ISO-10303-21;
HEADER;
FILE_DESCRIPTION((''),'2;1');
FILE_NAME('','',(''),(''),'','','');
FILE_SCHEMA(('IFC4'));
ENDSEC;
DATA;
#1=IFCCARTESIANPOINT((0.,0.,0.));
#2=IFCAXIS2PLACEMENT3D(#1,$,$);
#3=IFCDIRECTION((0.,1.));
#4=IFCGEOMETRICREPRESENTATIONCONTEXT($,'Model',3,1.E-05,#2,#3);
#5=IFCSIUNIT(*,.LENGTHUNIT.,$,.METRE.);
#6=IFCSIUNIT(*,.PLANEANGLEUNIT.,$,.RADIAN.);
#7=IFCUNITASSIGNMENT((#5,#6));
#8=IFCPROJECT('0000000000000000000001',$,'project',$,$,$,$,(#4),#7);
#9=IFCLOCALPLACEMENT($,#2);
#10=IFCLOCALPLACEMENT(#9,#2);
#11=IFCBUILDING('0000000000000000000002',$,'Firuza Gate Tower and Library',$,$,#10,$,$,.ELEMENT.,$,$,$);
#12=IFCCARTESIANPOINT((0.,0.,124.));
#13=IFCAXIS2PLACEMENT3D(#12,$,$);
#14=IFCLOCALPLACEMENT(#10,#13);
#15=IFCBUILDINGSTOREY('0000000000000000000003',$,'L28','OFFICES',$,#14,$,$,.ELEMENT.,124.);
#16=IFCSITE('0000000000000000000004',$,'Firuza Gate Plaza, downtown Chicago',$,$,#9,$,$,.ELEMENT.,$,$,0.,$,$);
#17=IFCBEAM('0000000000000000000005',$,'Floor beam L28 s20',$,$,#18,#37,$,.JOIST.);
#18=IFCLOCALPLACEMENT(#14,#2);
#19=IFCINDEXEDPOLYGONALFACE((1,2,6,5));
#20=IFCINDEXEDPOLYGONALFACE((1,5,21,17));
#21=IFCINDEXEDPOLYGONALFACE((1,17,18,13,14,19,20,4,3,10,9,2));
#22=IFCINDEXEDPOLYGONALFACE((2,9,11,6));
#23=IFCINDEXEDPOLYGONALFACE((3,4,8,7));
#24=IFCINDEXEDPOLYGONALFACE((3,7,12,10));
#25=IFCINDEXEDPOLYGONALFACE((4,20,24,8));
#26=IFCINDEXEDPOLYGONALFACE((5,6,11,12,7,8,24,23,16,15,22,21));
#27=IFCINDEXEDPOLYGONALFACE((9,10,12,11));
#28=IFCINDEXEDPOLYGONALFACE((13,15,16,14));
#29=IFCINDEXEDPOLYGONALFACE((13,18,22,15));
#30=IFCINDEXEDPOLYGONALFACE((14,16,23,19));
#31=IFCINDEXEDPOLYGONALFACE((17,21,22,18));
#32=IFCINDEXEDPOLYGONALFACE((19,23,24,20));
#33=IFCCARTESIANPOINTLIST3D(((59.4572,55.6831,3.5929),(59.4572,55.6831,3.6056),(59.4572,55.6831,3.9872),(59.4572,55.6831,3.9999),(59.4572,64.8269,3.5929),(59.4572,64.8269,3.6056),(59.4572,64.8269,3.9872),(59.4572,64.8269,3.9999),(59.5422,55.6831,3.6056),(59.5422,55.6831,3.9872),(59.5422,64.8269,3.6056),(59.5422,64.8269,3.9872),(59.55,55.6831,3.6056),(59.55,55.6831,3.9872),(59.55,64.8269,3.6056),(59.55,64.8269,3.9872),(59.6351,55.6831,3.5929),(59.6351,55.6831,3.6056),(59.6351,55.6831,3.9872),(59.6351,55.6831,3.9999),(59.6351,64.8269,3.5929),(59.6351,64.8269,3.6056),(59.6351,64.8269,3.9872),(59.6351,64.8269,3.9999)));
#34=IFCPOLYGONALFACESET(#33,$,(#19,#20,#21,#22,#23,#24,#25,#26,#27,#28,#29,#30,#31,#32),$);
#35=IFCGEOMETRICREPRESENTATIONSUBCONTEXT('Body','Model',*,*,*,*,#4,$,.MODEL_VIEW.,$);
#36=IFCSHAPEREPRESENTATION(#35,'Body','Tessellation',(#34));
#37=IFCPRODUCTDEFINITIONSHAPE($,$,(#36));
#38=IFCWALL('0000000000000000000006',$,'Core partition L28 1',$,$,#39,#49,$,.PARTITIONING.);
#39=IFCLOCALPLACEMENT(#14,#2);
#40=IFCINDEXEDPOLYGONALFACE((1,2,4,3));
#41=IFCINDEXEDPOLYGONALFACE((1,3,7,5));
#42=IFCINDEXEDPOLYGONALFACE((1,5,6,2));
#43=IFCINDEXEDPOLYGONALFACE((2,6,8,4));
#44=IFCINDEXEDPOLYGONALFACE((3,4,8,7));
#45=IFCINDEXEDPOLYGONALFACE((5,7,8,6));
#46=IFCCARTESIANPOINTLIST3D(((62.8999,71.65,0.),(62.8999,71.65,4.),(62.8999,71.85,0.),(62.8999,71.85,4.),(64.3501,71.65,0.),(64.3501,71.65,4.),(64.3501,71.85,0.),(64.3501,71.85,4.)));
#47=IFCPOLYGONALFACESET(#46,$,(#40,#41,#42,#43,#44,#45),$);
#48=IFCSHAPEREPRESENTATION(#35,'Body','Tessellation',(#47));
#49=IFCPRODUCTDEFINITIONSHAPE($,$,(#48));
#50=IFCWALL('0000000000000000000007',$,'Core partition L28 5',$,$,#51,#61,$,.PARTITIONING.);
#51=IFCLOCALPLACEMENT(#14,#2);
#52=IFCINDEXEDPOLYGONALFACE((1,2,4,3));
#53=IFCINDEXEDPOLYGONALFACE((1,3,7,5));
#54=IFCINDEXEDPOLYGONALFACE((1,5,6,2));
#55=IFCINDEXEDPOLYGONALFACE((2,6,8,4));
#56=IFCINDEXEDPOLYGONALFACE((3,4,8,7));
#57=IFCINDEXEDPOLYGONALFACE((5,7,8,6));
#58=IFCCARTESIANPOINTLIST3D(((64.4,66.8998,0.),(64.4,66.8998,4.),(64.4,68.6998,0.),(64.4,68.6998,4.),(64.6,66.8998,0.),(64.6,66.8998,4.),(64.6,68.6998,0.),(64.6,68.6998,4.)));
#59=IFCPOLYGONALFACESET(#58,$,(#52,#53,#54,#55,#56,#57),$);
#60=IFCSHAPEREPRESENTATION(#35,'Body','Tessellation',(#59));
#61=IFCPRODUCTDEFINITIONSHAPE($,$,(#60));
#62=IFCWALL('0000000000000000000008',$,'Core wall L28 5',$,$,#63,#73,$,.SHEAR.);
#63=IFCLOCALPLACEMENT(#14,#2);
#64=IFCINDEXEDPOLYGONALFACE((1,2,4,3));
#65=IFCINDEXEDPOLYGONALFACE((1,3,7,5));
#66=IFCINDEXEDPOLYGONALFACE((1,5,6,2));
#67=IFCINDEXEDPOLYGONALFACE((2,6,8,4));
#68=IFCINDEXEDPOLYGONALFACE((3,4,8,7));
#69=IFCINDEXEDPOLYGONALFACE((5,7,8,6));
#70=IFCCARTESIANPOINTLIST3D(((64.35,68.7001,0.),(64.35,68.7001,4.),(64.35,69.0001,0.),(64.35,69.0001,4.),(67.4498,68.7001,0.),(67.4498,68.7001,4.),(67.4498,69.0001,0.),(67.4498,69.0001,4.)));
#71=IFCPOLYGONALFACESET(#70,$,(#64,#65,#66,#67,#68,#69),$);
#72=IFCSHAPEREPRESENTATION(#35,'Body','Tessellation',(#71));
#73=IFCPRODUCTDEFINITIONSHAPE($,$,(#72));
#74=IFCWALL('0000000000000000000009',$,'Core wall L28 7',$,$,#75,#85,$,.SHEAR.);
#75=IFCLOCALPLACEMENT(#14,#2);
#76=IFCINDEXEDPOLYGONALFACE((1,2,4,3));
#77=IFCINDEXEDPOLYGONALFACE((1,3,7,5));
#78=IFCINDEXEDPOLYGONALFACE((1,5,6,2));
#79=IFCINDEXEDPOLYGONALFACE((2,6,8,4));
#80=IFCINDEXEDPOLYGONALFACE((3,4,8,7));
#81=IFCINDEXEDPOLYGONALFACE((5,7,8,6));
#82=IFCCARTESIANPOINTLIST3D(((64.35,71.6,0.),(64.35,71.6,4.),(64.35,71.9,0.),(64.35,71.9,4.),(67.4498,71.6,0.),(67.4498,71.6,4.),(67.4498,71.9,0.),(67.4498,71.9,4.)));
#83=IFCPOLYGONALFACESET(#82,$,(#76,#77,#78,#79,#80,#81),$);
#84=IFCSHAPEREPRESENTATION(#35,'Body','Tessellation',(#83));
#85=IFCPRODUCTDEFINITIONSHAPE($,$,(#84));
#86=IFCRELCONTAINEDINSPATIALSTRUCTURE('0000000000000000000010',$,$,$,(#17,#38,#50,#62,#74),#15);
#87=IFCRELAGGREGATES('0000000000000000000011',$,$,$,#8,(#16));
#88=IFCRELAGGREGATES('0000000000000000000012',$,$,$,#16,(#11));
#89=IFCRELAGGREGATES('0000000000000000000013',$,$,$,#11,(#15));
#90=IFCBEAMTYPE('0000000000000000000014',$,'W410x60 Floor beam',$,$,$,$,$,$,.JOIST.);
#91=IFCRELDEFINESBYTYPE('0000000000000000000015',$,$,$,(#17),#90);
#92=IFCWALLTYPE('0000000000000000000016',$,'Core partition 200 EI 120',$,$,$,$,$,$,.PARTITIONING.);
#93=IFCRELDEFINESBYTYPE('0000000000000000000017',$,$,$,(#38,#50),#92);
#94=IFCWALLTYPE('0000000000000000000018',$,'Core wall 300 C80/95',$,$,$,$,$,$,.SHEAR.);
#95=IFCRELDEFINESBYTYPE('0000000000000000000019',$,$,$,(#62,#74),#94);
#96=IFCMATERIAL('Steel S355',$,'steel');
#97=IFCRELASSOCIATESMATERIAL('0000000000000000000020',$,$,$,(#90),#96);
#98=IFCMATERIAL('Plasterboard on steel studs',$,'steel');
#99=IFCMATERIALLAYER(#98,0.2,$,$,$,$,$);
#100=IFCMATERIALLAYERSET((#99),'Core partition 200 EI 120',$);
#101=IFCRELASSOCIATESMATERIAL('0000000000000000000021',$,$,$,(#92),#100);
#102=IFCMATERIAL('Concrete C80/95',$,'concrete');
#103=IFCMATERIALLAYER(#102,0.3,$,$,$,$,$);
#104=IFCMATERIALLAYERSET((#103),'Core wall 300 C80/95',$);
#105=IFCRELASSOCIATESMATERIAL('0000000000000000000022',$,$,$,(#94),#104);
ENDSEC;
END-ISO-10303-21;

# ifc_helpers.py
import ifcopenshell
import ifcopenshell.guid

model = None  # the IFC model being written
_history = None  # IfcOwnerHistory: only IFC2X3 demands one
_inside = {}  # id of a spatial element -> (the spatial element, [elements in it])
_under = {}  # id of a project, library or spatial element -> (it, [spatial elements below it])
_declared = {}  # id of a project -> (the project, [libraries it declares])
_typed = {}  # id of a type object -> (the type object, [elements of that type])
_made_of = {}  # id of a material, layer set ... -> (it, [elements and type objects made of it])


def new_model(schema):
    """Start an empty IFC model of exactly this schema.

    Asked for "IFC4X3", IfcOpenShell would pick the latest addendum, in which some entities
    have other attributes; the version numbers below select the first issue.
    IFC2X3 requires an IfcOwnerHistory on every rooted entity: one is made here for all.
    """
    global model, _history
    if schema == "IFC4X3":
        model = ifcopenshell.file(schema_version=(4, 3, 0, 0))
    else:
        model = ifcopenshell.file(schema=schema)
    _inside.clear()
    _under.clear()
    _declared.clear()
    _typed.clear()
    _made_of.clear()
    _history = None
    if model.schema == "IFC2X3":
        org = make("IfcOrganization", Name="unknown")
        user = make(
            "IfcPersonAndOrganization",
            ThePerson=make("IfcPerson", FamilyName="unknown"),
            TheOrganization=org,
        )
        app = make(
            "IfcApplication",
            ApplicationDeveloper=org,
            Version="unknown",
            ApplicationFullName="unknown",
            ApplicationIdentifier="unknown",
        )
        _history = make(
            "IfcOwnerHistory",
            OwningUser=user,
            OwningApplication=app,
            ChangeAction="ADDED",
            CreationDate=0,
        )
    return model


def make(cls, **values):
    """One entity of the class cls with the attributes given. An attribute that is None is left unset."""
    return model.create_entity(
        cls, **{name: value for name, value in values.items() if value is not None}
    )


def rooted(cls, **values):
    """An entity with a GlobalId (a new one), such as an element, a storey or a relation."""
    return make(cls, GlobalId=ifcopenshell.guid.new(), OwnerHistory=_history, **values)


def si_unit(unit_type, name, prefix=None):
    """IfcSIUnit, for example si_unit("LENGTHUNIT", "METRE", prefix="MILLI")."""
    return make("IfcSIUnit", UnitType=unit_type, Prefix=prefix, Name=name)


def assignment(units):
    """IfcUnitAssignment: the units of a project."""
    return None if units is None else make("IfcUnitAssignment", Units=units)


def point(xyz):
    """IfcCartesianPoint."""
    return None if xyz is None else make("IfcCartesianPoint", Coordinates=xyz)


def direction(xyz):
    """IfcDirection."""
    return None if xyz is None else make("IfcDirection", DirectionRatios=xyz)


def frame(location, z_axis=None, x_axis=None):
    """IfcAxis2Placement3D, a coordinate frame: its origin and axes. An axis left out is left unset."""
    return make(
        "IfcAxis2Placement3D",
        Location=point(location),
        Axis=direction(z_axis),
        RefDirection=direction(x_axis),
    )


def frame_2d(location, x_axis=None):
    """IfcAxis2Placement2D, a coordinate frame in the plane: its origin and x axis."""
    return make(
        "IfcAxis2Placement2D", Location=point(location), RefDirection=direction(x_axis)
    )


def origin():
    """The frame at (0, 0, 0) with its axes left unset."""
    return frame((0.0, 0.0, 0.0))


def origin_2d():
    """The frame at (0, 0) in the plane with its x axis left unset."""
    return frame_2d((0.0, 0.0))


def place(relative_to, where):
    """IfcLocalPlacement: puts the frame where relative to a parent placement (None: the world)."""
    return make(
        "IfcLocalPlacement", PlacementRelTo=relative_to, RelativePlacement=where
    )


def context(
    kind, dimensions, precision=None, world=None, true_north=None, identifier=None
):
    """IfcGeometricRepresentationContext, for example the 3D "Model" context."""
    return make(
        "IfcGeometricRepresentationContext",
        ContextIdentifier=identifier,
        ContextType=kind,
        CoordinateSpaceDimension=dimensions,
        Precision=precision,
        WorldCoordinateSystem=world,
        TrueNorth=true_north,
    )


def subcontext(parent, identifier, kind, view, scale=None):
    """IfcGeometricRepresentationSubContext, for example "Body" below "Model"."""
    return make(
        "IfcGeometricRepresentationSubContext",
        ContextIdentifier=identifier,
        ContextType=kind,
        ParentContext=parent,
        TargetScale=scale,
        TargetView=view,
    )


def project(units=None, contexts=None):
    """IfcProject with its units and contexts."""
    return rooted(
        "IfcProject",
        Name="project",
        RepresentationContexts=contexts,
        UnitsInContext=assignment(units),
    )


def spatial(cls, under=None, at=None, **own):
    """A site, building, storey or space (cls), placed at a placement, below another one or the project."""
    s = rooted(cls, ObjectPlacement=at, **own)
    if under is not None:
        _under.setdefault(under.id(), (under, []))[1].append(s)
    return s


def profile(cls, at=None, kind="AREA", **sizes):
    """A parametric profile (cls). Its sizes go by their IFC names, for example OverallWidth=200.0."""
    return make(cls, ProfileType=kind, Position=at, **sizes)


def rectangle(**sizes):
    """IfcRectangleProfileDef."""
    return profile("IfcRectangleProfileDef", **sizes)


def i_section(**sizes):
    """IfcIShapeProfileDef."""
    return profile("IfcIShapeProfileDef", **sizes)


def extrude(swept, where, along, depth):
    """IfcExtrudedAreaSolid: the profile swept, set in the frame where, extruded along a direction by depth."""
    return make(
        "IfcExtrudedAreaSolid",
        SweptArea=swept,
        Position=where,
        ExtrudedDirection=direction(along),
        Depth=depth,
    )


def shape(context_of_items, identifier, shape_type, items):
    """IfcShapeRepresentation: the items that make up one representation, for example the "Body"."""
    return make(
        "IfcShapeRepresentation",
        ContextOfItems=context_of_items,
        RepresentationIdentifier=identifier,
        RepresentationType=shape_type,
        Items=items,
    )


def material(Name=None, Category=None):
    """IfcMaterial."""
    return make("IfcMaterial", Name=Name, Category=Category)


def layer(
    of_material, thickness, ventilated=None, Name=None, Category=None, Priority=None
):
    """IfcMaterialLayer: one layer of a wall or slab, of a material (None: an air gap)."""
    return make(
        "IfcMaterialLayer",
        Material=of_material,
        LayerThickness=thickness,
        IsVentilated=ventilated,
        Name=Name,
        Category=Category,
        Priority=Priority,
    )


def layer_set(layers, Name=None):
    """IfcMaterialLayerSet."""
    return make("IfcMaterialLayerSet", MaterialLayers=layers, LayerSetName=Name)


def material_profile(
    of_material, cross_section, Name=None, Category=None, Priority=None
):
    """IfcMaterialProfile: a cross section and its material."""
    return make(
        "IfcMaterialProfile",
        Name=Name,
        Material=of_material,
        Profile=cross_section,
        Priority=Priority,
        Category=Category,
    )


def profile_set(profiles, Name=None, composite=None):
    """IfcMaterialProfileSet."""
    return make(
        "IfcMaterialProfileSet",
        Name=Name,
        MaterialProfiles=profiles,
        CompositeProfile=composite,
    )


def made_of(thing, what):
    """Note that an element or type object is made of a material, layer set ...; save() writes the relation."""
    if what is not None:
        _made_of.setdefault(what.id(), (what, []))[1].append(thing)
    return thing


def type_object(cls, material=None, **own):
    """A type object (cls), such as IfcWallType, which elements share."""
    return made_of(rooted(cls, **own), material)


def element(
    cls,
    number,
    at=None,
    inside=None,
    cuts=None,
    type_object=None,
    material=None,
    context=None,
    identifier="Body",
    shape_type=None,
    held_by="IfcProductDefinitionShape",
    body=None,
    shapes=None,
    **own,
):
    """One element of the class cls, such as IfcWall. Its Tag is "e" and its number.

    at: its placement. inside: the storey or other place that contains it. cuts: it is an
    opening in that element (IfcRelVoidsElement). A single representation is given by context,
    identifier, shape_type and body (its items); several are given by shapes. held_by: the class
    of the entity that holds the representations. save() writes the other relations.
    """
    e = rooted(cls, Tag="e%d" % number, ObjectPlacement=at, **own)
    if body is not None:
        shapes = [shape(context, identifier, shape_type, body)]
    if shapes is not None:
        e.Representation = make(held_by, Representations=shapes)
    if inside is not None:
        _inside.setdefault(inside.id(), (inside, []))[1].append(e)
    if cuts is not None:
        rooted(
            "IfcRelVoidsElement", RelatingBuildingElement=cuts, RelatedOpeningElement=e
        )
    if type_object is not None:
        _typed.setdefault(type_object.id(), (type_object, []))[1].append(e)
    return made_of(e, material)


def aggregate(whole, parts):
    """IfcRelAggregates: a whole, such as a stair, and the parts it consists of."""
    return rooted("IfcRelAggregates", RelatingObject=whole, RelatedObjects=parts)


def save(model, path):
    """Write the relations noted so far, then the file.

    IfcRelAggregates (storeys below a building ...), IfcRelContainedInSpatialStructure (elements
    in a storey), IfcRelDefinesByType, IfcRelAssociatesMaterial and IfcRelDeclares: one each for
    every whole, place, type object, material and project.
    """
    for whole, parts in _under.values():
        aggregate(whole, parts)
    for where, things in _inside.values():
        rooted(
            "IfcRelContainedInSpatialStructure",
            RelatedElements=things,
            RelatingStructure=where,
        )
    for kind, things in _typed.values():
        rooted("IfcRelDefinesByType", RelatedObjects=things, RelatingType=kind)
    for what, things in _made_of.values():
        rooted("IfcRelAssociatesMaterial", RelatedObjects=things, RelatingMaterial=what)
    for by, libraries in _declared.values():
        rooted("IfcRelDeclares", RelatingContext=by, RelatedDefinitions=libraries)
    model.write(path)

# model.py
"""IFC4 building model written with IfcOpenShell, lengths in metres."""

from ifc_helpers import new_model, si_unit, direction, frame, frame_2d, origin, origin_2d, place, context, subcontext, project, spatial, rectangle, i_section, extrude, material, layer, layer_set, material_profile, profile_set, type_object, element, save


model = new_model("IFC4")

# Units and contexts
model_context = context("Model", 3, precision=1e-05, world=origin(), true_north=direction((0.0, 1.0)))
body_context = subcontext(model_context, "Body", "Model", "MODEL_VIEW")
ifc_project = project(units=[si_unit("LENGTHUNIT", "METRE"), si_unit("PLANEANGLEUNIT", "RADIAN")], contexts=[model_context])

# Site, building, storey
site_placement = place(None, origin())
site = spatial("IfcSite", under=ifc_project, at=site_placement, Name="Firuza Gate Plaza, downtown Chicago", CompositionType="ELEMENT", RefElevation=0.0)
building_placement = place(site_placement, origin())
building = spatial("IfcBuilding", under=site, at=building_placement, Name="Firuza Gate Tower and Library", CompositionType="ELEMENT")
storey_placement = place(building_placement, frame((0.0, 0.0, 124.0)))
storey = spatial("IfcBuildingStorey", under=building, at=storey_placement, Name="L28", Description="OFFICES", CompositionType="ELEMENT", Elevation=124.0)

# Beam
ifc_material_1 = material(Name="Steel S355", Category="steel")
ifc_material_profile = material_profile(ifc_material_1, i_section(OverallWidth=0.178, OverallDepth=0.407, WebThickness=0.0078, FlangeThickness=0.0127, at=origin_2d()))
ifc_profile_set = profile_set([ifc_material_profile], Name="Steel S355")
beam_type = type_object("IfcBeamType", Name="W410x60 Floor beam", PredefinedType="JOIST", material=ifc_profile_set)
beam_placement = place(storey_placement, frame((59.5461, 55.6831, 3.7964), z_axis=(0.0, 1.0, 0.0), x_axis=(-1.0, 0.0, 0.0)))
element("IfcBeam", 1, at=beam_placement, inside=storey, type_object=beam_type, Name="Floor beam L28 s20", PredefinedType="JOIST", context=body_context, shape_type="SweptSolid", body=[
    extrude(i_section(OverallWidth=0.178, OverallDepth=0.407, WebThickness=0.0078, FlangeThickness=0.0127, at=origin_2d()), origin(), (0.0, 0.0, 1.0), 9.1438),
])

# Walls
ifc_material_2 = material(Name="Plasterboard on steel studs", Category="steel")
ifc_layer_1 = layer(ifc_material_2, 0.2)
ifc_layer_set_1 = layer_set([ifc_layer_1], Name="Core partition 200 EI 120")
wall_type_1 = type_object("IfcWallType", Name="Core partition 200 EI 120", PredefinedType="PARTITIONING", material=ifc_layer_set_1)
wall_1_placement = place(storey_placement, frame((62.8999, 71.75, 0.0), z_axis=(0.0, 0.0, 1.0), x_axis=(1.0, 0.0, 0.0)))
element("IfcWall", 2, at=wall_1_placement, inside=storey, type_object=wall_type_1, Name="Core partition L28 1", PredefinedType="PARTITIONING", context=body_context, shape_type="SweptSolid", body=[
    extrude(rectangle(XDim=1.4502, YDim=0.2, at=frame_2d((0.7251, 0.0))), origin(), (0.0, 0.0, 1.0), 4.0),
])
wall_2_placement = place(storey_placement, frame((64.5, 66.8999, 0.0), z_axis=(0.0, 0.0, 1.0), x_axis=(0.0, 1.0, 0.0)))
element("IfcWall", 3, at=wall_2_placement, inside=storey, type_object=wall_type_1, Name="Core partition L28 5", PredefinedType="PARTITIONING", context=body_context, shape_type="SweptSolid", body=[
    extrude(rectangle(XDim=1.8, YDim=0.2, at=frame_2d((0.8999, 0.0))), origin(), (0.0, 0.0, 1.0), 4.0),
])
ifc_material_3 = material(Name="Concrete C80/95", Category="concrete")
ifc_layer_2 = layer(ifc_material_3, 0.3)
ifc_layer_set_2 = layer_set([ifc_layer_2], Name="Core wall 300 C80/95")
wall_type_2 = type_object("IfcWallType", Name="Core wall 300 C80/95", PredefinedType="SHEAR", material=ifc_layer_set_2)
for number, where, z_axis, x_axis, name in (
    (4, (64.3501, 68.8501, 0.0), (0.0, 0.0, 1.0), (1.0, 0.0, 0.0), "Core wall L28 5"),
    (5, (64.3501, 71.75, 0.0), (0.0, 0.0, 1.0), (1.0, 0.0, 0.0), "Core wall L28 7"),
):
    element("IfcWall", number, at=place(storey_placement, frame(where, z_axis=z_axis, x_axis=x_axis)), inside=storey, type_object=wall_type_2, Name=name, PredefinedType="SHEAR", context=body_context, shape_type="SweptSolid", body=[
        extrude(rectangle(XDim=3.0999, YDim=0.3, at=frame_2d((1.5498, 0.0))), origin(), (0.0, 0.0, 1.0), 4.0),
    ])

save(model, "model.ifc")
